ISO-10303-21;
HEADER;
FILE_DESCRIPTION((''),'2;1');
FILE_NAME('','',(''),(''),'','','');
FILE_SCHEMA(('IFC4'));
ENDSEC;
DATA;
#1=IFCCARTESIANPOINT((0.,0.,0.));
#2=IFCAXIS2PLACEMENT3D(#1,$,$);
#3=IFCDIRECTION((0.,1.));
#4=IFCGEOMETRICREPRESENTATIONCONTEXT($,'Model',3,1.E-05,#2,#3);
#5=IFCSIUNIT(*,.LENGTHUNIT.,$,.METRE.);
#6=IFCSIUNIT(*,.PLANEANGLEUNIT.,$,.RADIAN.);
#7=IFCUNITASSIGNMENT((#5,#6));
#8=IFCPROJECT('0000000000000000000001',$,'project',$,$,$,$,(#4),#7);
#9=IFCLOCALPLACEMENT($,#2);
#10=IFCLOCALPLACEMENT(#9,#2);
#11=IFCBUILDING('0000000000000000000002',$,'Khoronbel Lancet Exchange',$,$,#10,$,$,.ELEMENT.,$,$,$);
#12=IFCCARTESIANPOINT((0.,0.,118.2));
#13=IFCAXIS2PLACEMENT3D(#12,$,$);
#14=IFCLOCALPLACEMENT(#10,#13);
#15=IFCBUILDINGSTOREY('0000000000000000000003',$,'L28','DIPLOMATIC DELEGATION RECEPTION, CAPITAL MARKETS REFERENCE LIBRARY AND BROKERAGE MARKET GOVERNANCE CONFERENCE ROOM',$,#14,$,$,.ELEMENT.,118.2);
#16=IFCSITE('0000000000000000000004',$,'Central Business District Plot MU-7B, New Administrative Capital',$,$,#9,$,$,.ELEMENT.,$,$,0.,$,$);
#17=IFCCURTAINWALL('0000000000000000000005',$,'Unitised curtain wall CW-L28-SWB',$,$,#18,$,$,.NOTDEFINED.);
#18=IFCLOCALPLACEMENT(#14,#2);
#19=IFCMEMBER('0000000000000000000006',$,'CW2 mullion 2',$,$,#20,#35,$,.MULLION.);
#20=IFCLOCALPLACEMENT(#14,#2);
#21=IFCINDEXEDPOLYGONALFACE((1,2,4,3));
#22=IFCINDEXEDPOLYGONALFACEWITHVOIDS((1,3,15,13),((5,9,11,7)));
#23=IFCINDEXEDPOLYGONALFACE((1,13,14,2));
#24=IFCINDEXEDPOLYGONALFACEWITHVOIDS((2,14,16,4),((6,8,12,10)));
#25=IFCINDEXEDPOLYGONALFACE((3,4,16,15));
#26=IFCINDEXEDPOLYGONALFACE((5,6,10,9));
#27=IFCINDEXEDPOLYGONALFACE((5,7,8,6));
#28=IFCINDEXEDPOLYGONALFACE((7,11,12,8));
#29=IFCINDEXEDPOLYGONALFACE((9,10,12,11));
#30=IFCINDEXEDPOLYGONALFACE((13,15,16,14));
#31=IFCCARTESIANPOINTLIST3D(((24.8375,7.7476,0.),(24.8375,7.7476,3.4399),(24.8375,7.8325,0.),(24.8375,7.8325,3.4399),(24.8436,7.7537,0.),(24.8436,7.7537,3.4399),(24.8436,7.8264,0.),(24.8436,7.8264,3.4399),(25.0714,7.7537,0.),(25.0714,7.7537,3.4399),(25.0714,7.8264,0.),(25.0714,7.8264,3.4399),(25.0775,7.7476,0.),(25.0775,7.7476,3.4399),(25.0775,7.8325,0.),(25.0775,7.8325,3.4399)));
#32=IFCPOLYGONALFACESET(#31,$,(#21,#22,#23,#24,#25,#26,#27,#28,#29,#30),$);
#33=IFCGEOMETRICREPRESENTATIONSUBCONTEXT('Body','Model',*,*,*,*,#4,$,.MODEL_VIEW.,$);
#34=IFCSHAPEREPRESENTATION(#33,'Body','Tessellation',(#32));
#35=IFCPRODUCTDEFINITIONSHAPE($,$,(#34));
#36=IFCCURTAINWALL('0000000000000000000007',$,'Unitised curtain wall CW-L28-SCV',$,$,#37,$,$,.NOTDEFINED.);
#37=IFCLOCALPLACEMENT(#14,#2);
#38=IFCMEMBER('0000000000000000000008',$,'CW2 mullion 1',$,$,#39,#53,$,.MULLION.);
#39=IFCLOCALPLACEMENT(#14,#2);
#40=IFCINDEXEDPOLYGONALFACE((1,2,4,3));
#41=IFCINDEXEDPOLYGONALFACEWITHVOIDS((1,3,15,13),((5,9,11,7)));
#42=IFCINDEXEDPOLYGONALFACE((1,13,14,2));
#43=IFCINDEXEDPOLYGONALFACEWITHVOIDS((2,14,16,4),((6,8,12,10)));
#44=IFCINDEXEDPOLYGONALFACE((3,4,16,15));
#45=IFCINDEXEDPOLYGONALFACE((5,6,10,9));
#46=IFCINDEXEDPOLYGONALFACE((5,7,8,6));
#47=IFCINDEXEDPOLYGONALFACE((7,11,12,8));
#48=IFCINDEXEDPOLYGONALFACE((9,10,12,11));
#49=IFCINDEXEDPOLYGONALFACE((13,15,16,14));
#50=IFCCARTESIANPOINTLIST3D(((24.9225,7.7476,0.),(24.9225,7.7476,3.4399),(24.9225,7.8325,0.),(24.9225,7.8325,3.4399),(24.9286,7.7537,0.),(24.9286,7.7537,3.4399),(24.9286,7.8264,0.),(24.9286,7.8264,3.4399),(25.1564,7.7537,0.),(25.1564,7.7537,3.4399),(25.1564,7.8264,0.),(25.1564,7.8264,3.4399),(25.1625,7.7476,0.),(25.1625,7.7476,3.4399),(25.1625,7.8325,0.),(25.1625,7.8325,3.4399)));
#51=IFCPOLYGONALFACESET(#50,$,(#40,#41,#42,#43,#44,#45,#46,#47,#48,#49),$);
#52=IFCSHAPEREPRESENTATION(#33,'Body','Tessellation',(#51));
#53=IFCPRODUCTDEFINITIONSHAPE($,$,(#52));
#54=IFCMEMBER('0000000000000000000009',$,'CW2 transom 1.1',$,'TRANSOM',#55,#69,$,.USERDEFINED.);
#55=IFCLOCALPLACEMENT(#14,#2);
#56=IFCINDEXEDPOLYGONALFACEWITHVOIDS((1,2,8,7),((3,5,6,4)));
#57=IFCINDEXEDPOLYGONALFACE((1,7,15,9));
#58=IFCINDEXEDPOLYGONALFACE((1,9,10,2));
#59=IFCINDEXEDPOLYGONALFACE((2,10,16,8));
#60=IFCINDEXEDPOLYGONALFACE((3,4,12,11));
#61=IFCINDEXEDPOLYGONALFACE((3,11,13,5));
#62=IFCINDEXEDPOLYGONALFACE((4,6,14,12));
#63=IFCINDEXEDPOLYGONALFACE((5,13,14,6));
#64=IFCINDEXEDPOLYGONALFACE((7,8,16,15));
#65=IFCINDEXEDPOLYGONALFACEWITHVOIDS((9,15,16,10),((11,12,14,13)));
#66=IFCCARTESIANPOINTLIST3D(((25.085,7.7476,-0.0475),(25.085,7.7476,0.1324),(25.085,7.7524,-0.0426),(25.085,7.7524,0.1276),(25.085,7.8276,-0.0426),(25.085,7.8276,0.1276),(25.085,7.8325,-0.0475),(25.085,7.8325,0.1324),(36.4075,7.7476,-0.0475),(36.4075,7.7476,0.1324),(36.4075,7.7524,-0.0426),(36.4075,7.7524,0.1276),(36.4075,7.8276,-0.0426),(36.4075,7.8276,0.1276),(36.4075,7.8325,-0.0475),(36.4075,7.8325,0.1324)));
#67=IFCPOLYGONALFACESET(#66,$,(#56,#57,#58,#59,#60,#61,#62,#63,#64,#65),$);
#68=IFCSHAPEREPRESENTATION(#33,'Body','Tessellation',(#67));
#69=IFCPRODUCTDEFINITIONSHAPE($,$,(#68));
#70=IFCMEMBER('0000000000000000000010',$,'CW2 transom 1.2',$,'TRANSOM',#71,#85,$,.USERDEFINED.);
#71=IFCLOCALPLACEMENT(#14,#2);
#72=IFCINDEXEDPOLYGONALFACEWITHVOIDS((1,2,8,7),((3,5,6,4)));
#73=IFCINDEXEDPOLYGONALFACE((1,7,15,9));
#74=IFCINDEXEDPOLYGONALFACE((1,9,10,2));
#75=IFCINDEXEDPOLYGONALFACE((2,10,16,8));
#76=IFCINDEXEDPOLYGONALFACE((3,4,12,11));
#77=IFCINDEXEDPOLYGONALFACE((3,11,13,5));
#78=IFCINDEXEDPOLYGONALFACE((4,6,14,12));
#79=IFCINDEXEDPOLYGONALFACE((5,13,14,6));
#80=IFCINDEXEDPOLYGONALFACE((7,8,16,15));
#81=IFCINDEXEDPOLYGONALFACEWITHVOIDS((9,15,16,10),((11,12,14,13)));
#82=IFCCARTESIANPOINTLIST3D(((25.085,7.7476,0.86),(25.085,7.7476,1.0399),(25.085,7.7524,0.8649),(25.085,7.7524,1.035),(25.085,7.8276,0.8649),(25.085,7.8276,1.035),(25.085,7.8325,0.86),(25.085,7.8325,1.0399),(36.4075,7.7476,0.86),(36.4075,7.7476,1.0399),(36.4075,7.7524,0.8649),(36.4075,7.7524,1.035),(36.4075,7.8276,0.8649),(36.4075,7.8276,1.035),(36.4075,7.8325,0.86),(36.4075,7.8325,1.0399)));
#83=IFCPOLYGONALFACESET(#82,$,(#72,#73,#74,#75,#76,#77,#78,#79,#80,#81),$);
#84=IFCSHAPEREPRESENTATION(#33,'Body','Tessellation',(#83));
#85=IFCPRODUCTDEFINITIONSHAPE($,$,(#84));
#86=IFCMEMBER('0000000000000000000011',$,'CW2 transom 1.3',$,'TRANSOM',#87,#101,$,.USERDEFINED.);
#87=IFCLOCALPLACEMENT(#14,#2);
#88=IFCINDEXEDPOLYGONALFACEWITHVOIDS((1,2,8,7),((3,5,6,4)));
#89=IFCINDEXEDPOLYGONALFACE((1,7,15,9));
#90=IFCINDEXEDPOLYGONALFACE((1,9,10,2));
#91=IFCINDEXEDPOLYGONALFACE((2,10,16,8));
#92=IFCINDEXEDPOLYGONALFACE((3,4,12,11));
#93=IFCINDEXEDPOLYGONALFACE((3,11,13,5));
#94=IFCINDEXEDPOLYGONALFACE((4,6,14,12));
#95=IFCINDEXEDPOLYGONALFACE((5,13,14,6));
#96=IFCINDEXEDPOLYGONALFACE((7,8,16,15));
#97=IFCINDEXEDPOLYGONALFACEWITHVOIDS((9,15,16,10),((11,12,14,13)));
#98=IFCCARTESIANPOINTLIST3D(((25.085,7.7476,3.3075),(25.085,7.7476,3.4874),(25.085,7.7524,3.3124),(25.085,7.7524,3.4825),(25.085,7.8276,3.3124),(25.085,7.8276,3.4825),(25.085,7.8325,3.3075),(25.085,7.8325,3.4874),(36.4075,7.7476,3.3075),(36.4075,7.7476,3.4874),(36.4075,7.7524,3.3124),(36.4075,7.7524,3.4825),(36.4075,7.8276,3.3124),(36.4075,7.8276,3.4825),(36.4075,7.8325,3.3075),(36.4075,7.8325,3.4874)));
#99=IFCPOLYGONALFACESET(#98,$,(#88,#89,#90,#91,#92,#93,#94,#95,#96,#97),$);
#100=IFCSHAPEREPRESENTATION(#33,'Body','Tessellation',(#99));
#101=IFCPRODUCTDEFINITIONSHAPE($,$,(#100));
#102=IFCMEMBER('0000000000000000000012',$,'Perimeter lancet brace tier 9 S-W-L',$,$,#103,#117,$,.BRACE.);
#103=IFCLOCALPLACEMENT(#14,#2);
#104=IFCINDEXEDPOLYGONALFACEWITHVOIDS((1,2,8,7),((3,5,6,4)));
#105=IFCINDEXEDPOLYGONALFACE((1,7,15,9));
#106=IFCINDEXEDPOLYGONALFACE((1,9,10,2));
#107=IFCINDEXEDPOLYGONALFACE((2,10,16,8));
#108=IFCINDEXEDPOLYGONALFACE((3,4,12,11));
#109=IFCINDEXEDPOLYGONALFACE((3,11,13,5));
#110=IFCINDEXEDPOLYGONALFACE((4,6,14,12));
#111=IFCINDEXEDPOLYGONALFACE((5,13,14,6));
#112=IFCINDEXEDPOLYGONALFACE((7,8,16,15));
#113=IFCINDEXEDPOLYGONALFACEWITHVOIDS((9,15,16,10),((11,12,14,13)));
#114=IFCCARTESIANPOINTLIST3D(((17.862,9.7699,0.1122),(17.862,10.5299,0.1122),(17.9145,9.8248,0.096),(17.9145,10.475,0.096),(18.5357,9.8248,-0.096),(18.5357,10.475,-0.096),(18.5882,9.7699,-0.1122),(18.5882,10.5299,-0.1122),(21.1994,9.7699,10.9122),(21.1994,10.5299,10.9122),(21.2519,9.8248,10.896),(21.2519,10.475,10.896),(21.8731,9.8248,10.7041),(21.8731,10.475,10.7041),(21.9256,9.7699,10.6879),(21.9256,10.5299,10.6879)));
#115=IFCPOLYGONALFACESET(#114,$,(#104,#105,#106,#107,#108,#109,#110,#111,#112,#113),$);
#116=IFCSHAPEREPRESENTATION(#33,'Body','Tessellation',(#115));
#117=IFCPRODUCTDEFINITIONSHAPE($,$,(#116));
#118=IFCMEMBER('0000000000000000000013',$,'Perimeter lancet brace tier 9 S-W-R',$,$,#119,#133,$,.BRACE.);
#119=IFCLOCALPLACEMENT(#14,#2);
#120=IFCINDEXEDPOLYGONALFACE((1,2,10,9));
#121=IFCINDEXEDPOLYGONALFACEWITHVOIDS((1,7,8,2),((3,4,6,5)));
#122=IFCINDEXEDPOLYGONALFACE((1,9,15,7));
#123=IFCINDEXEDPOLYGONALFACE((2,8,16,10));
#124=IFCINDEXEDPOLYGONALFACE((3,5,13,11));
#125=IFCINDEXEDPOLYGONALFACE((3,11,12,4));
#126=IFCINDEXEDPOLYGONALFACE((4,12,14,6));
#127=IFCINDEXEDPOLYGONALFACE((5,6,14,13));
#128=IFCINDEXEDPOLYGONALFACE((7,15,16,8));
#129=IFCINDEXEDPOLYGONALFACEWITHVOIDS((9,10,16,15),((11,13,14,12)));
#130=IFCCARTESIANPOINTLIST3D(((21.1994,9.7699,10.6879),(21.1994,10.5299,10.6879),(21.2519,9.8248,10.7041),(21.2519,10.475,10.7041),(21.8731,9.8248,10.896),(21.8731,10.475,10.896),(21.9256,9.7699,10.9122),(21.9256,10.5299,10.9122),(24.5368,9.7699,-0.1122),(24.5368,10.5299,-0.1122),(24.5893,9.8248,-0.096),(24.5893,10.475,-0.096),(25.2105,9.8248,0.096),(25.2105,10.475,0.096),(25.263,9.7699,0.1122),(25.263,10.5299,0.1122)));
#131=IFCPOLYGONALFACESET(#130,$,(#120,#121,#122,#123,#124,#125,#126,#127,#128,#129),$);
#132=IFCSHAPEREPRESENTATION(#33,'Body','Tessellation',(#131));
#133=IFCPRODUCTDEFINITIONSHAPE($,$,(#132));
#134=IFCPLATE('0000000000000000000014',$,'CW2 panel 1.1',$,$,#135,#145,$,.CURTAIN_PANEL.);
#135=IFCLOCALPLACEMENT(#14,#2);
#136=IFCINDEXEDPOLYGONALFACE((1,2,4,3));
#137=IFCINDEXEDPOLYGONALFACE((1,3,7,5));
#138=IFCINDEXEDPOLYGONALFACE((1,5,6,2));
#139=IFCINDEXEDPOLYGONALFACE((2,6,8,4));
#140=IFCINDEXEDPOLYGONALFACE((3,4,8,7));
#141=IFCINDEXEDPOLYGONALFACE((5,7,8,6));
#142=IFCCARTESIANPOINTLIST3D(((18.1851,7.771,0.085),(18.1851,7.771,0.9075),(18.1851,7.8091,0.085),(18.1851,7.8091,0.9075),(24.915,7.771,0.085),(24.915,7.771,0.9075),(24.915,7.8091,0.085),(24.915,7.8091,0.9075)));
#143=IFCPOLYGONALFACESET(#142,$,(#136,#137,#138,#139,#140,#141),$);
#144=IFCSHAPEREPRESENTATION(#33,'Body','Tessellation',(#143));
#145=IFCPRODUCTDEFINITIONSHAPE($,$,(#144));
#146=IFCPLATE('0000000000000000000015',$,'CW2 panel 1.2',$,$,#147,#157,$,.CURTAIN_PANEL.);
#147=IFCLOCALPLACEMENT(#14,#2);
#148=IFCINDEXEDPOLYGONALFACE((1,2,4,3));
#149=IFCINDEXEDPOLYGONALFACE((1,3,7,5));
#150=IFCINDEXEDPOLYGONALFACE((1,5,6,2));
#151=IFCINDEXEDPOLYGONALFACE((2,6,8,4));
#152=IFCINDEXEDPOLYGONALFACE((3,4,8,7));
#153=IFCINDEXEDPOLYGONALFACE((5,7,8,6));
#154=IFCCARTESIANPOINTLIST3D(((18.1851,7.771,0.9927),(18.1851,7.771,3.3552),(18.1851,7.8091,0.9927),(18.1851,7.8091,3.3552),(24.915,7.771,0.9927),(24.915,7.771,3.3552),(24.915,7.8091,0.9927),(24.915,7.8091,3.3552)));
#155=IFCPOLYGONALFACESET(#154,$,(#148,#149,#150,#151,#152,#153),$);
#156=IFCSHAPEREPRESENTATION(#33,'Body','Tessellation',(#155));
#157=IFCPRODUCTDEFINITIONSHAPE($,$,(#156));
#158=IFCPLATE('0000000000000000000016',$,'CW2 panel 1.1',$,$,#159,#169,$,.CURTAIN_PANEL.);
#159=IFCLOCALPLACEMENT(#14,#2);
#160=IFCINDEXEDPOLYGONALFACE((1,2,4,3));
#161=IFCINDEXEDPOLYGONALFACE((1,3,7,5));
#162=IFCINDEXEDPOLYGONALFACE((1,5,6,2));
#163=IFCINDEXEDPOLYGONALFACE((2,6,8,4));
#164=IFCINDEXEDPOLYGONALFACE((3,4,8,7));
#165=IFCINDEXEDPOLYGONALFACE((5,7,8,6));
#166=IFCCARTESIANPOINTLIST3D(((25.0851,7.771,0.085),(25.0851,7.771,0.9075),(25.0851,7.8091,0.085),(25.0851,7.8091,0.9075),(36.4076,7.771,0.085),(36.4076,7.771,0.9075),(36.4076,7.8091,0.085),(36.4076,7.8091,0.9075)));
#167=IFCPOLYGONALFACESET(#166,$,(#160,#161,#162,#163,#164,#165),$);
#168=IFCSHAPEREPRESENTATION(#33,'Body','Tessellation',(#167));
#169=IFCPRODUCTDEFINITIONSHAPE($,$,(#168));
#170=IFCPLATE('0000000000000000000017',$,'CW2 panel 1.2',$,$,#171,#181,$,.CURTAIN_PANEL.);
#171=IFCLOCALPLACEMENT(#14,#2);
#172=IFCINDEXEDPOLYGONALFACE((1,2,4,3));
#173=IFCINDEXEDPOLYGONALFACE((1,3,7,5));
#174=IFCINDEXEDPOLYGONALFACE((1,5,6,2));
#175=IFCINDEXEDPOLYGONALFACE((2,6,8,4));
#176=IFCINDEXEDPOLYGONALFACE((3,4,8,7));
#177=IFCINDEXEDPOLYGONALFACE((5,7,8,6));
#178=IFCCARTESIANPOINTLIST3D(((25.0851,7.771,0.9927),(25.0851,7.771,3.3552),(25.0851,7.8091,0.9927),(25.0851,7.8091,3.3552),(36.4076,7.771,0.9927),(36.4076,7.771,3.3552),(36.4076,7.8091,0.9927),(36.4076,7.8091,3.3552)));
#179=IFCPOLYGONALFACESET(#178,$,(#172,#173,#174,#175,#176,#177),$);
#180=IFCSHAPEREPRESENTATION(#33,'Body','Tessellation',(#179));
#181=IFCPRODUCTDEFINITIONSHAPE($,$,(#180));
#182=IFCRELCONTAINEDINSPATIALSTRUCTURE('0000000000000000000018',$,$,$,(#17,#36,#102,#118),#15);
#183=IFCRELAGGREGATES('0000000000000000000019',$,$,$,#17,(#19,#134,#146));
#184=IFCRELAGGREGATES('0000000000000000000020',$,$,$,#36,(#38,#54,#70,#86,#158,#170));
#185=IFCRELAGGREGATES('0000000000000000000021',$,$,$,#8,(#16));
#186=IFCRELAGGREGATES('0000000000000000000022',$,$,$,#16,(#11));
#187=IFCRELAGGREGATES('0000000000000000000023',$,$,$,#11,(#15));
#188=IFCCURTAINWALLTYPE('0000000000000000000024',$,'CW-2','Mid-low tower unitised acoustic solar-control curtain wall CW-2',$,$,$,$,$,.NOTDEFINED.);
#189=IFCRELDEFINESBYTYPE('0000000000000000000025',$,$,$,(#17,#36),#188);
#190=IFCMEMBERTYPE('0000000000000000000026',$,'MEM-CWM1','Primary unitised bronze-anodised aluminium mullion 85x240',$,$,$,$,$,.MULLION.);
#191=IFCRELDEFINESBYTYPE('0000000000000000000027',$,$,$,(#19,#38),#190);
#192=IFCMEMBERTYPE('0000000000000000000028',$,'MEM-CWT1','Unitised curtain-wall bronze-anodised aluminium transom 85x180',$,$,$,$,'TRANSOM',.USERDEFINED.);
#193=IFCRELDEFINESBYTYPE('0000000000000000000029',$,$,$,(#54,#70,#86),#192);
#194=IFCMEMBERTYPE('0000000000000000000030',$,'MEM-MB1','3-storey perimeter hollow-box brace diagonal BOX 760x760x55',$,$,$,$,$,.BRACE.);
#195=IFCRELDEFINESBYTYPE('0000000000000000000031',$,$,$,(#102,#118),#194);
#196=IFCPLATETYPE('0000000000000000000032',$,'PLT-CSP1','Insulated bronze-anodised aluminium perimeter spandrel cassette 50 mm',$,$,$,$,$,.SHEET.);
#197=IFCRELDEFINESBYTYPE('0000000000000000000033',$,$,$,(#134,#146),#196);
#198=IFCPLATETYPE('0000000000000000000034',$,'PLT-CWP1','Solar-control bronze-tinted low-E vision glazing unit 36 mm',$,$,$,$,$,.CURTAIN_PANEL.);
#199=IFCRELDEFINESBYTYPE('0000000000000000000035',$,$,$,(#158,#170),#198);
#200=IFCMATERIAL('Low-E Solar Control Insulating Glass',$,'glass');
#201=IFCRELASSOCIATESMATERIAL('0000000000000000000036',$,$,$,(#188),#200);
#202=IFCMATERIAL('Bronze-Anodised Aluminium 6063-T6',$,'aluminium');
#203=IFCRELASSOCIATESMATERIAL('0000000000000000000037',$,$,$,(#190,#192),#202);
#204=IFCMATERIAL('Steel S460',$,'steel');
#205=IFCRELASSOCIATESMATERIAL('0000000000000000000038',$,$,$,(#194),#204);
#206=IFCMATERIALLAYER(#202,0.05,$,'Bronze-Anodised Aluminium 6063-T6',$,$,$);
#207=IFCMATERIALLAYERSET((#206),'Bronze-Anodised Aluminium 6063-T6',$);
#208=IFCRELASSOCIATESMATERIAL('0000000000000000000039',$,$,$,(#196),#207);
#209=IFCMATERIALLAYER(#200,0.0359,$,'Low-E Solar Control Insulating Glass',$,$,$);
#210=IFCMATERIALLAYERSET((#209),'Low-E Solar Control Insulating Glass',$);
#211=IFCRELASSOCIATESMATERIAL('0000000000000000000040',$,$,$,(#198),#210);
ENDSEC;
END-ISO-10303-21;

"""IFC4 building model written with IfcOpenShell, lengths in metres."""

from ifc_helpers import new_model, si_unit, direction, frame, origin, origin_2d, place, context, subcontext, project, spatial, rectangle, hollow_rectangle, extrude, material, layer, layer_set, material_profile, profile_set, type_object, element, aggregate, save


model = new_model("IFC4")

# Units and contexts
model_context = context("Model", 3, precision=1e-05, world=origin(), true_north=direction((0.0, 1.0)))
body_context = subcontext(model_context, "Body", "Model", "MODEL_VIEW")
ifc_project = project(units=[si_unit("LENGTHUNIT", "METRE"), si_unit("PLANEANGLEUNIT", "RADIAN")], contexts=[model_context])

# Site, building, storey
site_placement = place(None, origin())
site = spatial("IfcSite", under=ifc_project, at=site_placement, Name="Central Business District Plot MU-7B, New Administrative Capital", CompositionType="ELEMENT", RefElevation=0.0)
building_placement = place(site_placement, origin())
building = spatial("IfcBuilding", under=site, at=building_placement, Name="Khoronbel Lancet Exchange", CompositionType="ELEMENT")
storey_placement = place(building_placement, frame((0.0, 0.0, 118.2)))
storey = spatial("IfcBuildingStorey", under=building, at=storey_placement, Name="L28", Description="DIPLOMATIC DELEGATION RECEPTION, CAPITAL MARKETS REFERENCE LIBRARY AND BROKERAGE MARKET GOVERNANCE CONFERENCE ROOM", CompositionType="ELEMENT", Elevation=118.2)

# Shared definitions
ifc_material_1 = material(Name="Steel S460", Category="steel")

# Curtain wall, member
ifc_material_2 = material(Name="Low-E Solar Control Insulating Glass", Category="glass")
curtain_wall_type = type_object("IfcCurtainWallType", Name="CW-2", Description="Mid-low tower unitised acoustic solar-control curtain wall CW-2", PredefinedType="NOTDEFINED", material=ifc_material_2)
curtain_wall_1_placement = place(storey_placement, origin())
curtain_wall_1 = element("IfcCurtainWall", 1, at=curtain_wall_1_placement, inside=storey, type_object=curtain_wall_type, Name="Unitised curtain wall CW-L28-SWB", PredefinedType="NOTDEFINED")
ifc_material_3 = material(Name="Bronze-Anodised Aluminium 6063-T6", Category="aluminium")
ifc_material_profile_1 = material_profile(ifc_material_3, hollow_rectangle(XDim=0.085, YDim=0.24, WallThickness=0.0061, at=origin_2d()), Name="ALU MULLION 85x240")
ifc_profile_set_1 = profile_set([ifc_material_profile_1], Name="Bronze-Anodised Aluminium 6063-T6")
member_type_1 = type_object("IfcMemberType", Name="MEM-CWM1", Description="Primary unitised bronze-anodised aluminium mullion 85x240", PredefinedType="MULLION", material=ifc_profile_set_1)
member_1_placement = place(storey_placement, frame((24.9575, 7.79, 0.0), z_axis=(0.0, 0.0, 1.0), x_axis=(0.0, 1.0, 0.0)))
member_1 = element("IfcMember", 2, at=member_1_placement, type_object=member_type_1, Name="CW2 mullion 2", PredefinedType="MULLION", context=body_context, shape_type="SweptSolid", body=[
    extrude(hollow_rectangle(XDim=0.085, YDim=0.24, WallThickness=0.0061, at=origin_2d()), origin(), (0.0, 0.0, 1.0), 3.4399),
])

# Curtain wall, members
curtain_wall_2_placement = place(storey_placement, origin())
curtain_wall_2 = element("IfcCurtainWall", 3, at=curtain_wall_2_placement, inside=storey, type_object=curtain_wall_type, Name="Unitised curtain wall CW-L28-SCV", PredefinedType="NOTDEFINED")
member_2_placement = place(storey_placement, frame((25.0425, 7.79, 0.0), z_axis=(0.0, 0.0, 1.0), x_axis=(0.0, 1.0, 0.0)))
member_2 = element("IfcMember", 4, at=member_2_placement, type_object=member_type_1, Name="CW2 mullion 1", PredefinedType="MULLION", context=body_context, shape_type="SweptSolid", body=[
    extrude(hollow_rectangle(XDim=0.085, YDim=0.24, WallThickness=0.0061, at=origin_2d()), origin(), (0.0, 0.0, 1.0), 3.4399),
])
ifc_material_profile_2 = material_profile(ifc_material_3, hollow_rectangle(XDim=0.085, YDim=0.1799, WallThickness=0.0049, at=origin_2d()), Name="ALU TRANSOM 85x180")
ifc_profile_set_2 = profile_set([ifc_material_profile_2], Name="Bronze-Anodised Aluminium 6063-T6")
member_type_2 = type_object("IfcMemberType", Name="MEM-CWT1", Description="Unitised curtain-wall bronze-anodised aluminium transom 85x180", ElementType="TRANSOM", PredefinedType="USERDEFINED", material=ifc_profile_set_2)
member_3_placement = place(storey_placement, frame((25.085, 7.79, 0.0425), z_axis=(1.0, 0.0, 0.0), x_axis=(0.0, 1.0, 0.0)))
member_3 = element("IfcMember", 5, at=member_3_placement, type_object=member_type_2, Name="CW2 transom 1.1", ObjectType="TRANSOM", PredefinedType="USERDEFINED", context=body_context, shape_type="SweptSolid", body=[
    extrude(hollow_rectangle(XDim=0.085, YDim=0.1799, WallThickness=0.0049, at=origin_2d()), origin(), (0.0, 0.0, 1.0), 11.3225),
])
member_4_placement = place(storey_placement, frame((25.085, 7.79, 0.95), z_axis=(1.0, 0.0, 0.0), x_axis=(0.0, 1.0, 0.0)))
member_4 = element("IfcMember", 6, at=member_4_placement, type_object=member_type_2, Name="CW2 transom 1.2", ObjectType="TRANSOM", PredefinedType="USERDEFINED", context=body_context, shape_type="SweptSolid", body=[
    extrude(hollow_rectangle(XDim=0.085, YDim=0.1799, WallThickness=0.0049, at=origin_2d()), origin(), (0.0, 0.0, 1.0), 11.3225),
])
member_5_placement = place(storey_placement, frame((25.085, 7.79, 3.3975), z_axis=(1.0, 0.0, 0.0), x_axis=(0.0, 1.0, 0.0)))
member_5 = element("IfcMember", 7, at=member_5_placement, type_object=member_type_2, Name="CW2 transom 1.3", ObjectType="TRANSOM", PredefinedType="USERDEFINED", context=body_context, shape_type="SweptSolid", body=[
    extrude(hollow_rectangle(XDim=0.085, YDim=0.1799, WallThickness=0.0049, at=origin_2d()), origin(), (0.0, 0.0, 1.0), 11.3225),
])

# Members
ifc_material_profile_3 = material_profile(ifc_material_1, hollow_rectangle(XDim=0.76, YDim=0.76, WallThickness=0.0549, at=origin_2d()), Name="BOX 760x760x55")
ifc_profile_set_3 = profile_set([ifc_material_profile_3], Name="Steel S460")
member_type_3 = type_object("IfcMemberType", Name="MEM-MB1", Description="3-storey perimeter hollow-box brace diagonal BOX 760x760x55", PredefinedType="BRACE", material=ifc_profile_set_3)
for number, where, z_axis, x_axis, name in (
    (8, (18.2251, 10.1499, 0.0), (0.295242, 0.0, 0.955422), (0.0, 1.0, 0.0), "Perimeter lancet brace tier 9 S-W-L"),
    (9, (24.8999, 10.1499, 0.0), (-0.295242, 0.0, 0.955422), (0.0, -1.0, 0.0), "Perimeter lancet brace tier 9 S-W-R"),
):
    element("IfcMember", number, at=place(storey_placement, frame(where, z_axis=z_axis, x_axis=x_axis)), inside=storey, type_object=member_type_3, Name=name, PredefinedType="BRACE", context=body_context, shape_type="SweptSolid", body=[
        extrude(hollow_rectangle(XDim=0.76, YDim=0.76, WallThickness=0.0549, at=origin_2d()), origin(), (0.0, 0.0, 1.0), 11.304),
    ])

# Plates
ifc_layer_1 = layer(ifc_material_3, 0.05, Name="Bronze-Anodised Aluminium 6063-T6")
ifc_layer_set_1 = layer_set([ifc_layer_1], Name="Bronze-Anodised Aluminium 6063-T6")
plate_type_1 = type_object("IfcPlateType", Name="PLT-CSP1", Description="Insulated bronze-anodised aluminium perimeter spandrel cassette 50 mm", PredefinedType="SHEET", material=ifc_layer_set_1)
plate_1_placement = place(storey_placement, frame((21.55, 7.79, 0.085), z_axis=(0.0, 0.0, 1.0), x_axis=(1.0, 0.0, 0.0)))
plate_1 = element("IfcPlate", 10, at=plate_1_placement, type_object=plate_type_1, Name="CW2 panel 1.1", PredefinedType="CURTAIN_PANEL", context=body_context, shape_type="SweptSolid", body=[
    extrude(rectangle(XDim=6.73, YDim=0.0381, at=origin_2d()), origin(), (0.0, 0.0, 1.0), 0.8225),
])
plate_2_placement = place(storey_placement, frame((21.55, 7.79, 0.9927), z_axis=(0.0, 0.0, 1.0), x_axis=(1.0, 0.0, 0.0)))
plate_2 = element("IfcPlate", 11, at=plate_2_placement, type_object=plate_type_1, Name="CW2 panel 1.2", PredefinedType="CURTAIN_PANEL", context=body_context, shape_type="SweptSolid", body=[
    extrude(rectangle(XDim=6.73, YDim=0.0381, at=origin_2d()), origin(), (0.0, 0.0, 1.0), 2.3625),
])
aggregate(curtain_wall_1, [member_1, plate_1, plate_2])
ifc_layer_2 = layer(ifc_material_2, 0.0359, Name="Low-E Solar Control Insulating Glass")
ifc_layer_set_2 = layer_set([ifc_layer_2], Name="Low-E Solar Control Insulating Glass")
plate_type_2 = type_object("IfcPlateType", Name="PLT-CWP1", Description="Solar-control bronze-tinted low-E vision glazing unit 36 mm", PredefinedType="CURTAIN_PANEL", material=ifc_layer_set_2)
plate_3_placement = place(storey_placement, frame((30.7463, 7.79, 0.085), z_axis=(0.0, 0.0, 1.0), x_axis=(1.0, 0.0, 0.0)))
plate_3 = element("IfcPlate", 12, at=plate_3_placement, type_object=plate_type_2, Name="CW2 panel 1.1", PredefinedType="CURTAIN_PANEL", context=body_context, shape_type="SweptSolid", body=[
    extrude(rectangle(XDim=11.3225, YDim=0.0381, at=origin_2d()), origin(), (0.0, 0.0, 1.0), 0.8225),
])
plate_4_placement = place(storey_placement, frame((30.7463, 7.79, 0.9927), z_axis=(0.0, 0.0, 1.0), x_axis=(1.0, 0.0, 0.0)))
plate_4 = element("IfcPlate", 13, at=plate_4_placement, type_object=plate_type_2, Name="CW2 panel 1.2", PredefinedType="CURTAIN_PANEL", context=body_context, shape_type="SweptSolid", body=[
    extrude(rectangle(XDim=11.3225, YDim=0.0381, at=origin_2d()), origin(), (0.0, 0.0, 1.0), 2.3625),
])
aggregate(curtain_wall_2, [member_2, member_3, member_4, member_5, plate_3, plate_4])

save(model, "model.ifc")
